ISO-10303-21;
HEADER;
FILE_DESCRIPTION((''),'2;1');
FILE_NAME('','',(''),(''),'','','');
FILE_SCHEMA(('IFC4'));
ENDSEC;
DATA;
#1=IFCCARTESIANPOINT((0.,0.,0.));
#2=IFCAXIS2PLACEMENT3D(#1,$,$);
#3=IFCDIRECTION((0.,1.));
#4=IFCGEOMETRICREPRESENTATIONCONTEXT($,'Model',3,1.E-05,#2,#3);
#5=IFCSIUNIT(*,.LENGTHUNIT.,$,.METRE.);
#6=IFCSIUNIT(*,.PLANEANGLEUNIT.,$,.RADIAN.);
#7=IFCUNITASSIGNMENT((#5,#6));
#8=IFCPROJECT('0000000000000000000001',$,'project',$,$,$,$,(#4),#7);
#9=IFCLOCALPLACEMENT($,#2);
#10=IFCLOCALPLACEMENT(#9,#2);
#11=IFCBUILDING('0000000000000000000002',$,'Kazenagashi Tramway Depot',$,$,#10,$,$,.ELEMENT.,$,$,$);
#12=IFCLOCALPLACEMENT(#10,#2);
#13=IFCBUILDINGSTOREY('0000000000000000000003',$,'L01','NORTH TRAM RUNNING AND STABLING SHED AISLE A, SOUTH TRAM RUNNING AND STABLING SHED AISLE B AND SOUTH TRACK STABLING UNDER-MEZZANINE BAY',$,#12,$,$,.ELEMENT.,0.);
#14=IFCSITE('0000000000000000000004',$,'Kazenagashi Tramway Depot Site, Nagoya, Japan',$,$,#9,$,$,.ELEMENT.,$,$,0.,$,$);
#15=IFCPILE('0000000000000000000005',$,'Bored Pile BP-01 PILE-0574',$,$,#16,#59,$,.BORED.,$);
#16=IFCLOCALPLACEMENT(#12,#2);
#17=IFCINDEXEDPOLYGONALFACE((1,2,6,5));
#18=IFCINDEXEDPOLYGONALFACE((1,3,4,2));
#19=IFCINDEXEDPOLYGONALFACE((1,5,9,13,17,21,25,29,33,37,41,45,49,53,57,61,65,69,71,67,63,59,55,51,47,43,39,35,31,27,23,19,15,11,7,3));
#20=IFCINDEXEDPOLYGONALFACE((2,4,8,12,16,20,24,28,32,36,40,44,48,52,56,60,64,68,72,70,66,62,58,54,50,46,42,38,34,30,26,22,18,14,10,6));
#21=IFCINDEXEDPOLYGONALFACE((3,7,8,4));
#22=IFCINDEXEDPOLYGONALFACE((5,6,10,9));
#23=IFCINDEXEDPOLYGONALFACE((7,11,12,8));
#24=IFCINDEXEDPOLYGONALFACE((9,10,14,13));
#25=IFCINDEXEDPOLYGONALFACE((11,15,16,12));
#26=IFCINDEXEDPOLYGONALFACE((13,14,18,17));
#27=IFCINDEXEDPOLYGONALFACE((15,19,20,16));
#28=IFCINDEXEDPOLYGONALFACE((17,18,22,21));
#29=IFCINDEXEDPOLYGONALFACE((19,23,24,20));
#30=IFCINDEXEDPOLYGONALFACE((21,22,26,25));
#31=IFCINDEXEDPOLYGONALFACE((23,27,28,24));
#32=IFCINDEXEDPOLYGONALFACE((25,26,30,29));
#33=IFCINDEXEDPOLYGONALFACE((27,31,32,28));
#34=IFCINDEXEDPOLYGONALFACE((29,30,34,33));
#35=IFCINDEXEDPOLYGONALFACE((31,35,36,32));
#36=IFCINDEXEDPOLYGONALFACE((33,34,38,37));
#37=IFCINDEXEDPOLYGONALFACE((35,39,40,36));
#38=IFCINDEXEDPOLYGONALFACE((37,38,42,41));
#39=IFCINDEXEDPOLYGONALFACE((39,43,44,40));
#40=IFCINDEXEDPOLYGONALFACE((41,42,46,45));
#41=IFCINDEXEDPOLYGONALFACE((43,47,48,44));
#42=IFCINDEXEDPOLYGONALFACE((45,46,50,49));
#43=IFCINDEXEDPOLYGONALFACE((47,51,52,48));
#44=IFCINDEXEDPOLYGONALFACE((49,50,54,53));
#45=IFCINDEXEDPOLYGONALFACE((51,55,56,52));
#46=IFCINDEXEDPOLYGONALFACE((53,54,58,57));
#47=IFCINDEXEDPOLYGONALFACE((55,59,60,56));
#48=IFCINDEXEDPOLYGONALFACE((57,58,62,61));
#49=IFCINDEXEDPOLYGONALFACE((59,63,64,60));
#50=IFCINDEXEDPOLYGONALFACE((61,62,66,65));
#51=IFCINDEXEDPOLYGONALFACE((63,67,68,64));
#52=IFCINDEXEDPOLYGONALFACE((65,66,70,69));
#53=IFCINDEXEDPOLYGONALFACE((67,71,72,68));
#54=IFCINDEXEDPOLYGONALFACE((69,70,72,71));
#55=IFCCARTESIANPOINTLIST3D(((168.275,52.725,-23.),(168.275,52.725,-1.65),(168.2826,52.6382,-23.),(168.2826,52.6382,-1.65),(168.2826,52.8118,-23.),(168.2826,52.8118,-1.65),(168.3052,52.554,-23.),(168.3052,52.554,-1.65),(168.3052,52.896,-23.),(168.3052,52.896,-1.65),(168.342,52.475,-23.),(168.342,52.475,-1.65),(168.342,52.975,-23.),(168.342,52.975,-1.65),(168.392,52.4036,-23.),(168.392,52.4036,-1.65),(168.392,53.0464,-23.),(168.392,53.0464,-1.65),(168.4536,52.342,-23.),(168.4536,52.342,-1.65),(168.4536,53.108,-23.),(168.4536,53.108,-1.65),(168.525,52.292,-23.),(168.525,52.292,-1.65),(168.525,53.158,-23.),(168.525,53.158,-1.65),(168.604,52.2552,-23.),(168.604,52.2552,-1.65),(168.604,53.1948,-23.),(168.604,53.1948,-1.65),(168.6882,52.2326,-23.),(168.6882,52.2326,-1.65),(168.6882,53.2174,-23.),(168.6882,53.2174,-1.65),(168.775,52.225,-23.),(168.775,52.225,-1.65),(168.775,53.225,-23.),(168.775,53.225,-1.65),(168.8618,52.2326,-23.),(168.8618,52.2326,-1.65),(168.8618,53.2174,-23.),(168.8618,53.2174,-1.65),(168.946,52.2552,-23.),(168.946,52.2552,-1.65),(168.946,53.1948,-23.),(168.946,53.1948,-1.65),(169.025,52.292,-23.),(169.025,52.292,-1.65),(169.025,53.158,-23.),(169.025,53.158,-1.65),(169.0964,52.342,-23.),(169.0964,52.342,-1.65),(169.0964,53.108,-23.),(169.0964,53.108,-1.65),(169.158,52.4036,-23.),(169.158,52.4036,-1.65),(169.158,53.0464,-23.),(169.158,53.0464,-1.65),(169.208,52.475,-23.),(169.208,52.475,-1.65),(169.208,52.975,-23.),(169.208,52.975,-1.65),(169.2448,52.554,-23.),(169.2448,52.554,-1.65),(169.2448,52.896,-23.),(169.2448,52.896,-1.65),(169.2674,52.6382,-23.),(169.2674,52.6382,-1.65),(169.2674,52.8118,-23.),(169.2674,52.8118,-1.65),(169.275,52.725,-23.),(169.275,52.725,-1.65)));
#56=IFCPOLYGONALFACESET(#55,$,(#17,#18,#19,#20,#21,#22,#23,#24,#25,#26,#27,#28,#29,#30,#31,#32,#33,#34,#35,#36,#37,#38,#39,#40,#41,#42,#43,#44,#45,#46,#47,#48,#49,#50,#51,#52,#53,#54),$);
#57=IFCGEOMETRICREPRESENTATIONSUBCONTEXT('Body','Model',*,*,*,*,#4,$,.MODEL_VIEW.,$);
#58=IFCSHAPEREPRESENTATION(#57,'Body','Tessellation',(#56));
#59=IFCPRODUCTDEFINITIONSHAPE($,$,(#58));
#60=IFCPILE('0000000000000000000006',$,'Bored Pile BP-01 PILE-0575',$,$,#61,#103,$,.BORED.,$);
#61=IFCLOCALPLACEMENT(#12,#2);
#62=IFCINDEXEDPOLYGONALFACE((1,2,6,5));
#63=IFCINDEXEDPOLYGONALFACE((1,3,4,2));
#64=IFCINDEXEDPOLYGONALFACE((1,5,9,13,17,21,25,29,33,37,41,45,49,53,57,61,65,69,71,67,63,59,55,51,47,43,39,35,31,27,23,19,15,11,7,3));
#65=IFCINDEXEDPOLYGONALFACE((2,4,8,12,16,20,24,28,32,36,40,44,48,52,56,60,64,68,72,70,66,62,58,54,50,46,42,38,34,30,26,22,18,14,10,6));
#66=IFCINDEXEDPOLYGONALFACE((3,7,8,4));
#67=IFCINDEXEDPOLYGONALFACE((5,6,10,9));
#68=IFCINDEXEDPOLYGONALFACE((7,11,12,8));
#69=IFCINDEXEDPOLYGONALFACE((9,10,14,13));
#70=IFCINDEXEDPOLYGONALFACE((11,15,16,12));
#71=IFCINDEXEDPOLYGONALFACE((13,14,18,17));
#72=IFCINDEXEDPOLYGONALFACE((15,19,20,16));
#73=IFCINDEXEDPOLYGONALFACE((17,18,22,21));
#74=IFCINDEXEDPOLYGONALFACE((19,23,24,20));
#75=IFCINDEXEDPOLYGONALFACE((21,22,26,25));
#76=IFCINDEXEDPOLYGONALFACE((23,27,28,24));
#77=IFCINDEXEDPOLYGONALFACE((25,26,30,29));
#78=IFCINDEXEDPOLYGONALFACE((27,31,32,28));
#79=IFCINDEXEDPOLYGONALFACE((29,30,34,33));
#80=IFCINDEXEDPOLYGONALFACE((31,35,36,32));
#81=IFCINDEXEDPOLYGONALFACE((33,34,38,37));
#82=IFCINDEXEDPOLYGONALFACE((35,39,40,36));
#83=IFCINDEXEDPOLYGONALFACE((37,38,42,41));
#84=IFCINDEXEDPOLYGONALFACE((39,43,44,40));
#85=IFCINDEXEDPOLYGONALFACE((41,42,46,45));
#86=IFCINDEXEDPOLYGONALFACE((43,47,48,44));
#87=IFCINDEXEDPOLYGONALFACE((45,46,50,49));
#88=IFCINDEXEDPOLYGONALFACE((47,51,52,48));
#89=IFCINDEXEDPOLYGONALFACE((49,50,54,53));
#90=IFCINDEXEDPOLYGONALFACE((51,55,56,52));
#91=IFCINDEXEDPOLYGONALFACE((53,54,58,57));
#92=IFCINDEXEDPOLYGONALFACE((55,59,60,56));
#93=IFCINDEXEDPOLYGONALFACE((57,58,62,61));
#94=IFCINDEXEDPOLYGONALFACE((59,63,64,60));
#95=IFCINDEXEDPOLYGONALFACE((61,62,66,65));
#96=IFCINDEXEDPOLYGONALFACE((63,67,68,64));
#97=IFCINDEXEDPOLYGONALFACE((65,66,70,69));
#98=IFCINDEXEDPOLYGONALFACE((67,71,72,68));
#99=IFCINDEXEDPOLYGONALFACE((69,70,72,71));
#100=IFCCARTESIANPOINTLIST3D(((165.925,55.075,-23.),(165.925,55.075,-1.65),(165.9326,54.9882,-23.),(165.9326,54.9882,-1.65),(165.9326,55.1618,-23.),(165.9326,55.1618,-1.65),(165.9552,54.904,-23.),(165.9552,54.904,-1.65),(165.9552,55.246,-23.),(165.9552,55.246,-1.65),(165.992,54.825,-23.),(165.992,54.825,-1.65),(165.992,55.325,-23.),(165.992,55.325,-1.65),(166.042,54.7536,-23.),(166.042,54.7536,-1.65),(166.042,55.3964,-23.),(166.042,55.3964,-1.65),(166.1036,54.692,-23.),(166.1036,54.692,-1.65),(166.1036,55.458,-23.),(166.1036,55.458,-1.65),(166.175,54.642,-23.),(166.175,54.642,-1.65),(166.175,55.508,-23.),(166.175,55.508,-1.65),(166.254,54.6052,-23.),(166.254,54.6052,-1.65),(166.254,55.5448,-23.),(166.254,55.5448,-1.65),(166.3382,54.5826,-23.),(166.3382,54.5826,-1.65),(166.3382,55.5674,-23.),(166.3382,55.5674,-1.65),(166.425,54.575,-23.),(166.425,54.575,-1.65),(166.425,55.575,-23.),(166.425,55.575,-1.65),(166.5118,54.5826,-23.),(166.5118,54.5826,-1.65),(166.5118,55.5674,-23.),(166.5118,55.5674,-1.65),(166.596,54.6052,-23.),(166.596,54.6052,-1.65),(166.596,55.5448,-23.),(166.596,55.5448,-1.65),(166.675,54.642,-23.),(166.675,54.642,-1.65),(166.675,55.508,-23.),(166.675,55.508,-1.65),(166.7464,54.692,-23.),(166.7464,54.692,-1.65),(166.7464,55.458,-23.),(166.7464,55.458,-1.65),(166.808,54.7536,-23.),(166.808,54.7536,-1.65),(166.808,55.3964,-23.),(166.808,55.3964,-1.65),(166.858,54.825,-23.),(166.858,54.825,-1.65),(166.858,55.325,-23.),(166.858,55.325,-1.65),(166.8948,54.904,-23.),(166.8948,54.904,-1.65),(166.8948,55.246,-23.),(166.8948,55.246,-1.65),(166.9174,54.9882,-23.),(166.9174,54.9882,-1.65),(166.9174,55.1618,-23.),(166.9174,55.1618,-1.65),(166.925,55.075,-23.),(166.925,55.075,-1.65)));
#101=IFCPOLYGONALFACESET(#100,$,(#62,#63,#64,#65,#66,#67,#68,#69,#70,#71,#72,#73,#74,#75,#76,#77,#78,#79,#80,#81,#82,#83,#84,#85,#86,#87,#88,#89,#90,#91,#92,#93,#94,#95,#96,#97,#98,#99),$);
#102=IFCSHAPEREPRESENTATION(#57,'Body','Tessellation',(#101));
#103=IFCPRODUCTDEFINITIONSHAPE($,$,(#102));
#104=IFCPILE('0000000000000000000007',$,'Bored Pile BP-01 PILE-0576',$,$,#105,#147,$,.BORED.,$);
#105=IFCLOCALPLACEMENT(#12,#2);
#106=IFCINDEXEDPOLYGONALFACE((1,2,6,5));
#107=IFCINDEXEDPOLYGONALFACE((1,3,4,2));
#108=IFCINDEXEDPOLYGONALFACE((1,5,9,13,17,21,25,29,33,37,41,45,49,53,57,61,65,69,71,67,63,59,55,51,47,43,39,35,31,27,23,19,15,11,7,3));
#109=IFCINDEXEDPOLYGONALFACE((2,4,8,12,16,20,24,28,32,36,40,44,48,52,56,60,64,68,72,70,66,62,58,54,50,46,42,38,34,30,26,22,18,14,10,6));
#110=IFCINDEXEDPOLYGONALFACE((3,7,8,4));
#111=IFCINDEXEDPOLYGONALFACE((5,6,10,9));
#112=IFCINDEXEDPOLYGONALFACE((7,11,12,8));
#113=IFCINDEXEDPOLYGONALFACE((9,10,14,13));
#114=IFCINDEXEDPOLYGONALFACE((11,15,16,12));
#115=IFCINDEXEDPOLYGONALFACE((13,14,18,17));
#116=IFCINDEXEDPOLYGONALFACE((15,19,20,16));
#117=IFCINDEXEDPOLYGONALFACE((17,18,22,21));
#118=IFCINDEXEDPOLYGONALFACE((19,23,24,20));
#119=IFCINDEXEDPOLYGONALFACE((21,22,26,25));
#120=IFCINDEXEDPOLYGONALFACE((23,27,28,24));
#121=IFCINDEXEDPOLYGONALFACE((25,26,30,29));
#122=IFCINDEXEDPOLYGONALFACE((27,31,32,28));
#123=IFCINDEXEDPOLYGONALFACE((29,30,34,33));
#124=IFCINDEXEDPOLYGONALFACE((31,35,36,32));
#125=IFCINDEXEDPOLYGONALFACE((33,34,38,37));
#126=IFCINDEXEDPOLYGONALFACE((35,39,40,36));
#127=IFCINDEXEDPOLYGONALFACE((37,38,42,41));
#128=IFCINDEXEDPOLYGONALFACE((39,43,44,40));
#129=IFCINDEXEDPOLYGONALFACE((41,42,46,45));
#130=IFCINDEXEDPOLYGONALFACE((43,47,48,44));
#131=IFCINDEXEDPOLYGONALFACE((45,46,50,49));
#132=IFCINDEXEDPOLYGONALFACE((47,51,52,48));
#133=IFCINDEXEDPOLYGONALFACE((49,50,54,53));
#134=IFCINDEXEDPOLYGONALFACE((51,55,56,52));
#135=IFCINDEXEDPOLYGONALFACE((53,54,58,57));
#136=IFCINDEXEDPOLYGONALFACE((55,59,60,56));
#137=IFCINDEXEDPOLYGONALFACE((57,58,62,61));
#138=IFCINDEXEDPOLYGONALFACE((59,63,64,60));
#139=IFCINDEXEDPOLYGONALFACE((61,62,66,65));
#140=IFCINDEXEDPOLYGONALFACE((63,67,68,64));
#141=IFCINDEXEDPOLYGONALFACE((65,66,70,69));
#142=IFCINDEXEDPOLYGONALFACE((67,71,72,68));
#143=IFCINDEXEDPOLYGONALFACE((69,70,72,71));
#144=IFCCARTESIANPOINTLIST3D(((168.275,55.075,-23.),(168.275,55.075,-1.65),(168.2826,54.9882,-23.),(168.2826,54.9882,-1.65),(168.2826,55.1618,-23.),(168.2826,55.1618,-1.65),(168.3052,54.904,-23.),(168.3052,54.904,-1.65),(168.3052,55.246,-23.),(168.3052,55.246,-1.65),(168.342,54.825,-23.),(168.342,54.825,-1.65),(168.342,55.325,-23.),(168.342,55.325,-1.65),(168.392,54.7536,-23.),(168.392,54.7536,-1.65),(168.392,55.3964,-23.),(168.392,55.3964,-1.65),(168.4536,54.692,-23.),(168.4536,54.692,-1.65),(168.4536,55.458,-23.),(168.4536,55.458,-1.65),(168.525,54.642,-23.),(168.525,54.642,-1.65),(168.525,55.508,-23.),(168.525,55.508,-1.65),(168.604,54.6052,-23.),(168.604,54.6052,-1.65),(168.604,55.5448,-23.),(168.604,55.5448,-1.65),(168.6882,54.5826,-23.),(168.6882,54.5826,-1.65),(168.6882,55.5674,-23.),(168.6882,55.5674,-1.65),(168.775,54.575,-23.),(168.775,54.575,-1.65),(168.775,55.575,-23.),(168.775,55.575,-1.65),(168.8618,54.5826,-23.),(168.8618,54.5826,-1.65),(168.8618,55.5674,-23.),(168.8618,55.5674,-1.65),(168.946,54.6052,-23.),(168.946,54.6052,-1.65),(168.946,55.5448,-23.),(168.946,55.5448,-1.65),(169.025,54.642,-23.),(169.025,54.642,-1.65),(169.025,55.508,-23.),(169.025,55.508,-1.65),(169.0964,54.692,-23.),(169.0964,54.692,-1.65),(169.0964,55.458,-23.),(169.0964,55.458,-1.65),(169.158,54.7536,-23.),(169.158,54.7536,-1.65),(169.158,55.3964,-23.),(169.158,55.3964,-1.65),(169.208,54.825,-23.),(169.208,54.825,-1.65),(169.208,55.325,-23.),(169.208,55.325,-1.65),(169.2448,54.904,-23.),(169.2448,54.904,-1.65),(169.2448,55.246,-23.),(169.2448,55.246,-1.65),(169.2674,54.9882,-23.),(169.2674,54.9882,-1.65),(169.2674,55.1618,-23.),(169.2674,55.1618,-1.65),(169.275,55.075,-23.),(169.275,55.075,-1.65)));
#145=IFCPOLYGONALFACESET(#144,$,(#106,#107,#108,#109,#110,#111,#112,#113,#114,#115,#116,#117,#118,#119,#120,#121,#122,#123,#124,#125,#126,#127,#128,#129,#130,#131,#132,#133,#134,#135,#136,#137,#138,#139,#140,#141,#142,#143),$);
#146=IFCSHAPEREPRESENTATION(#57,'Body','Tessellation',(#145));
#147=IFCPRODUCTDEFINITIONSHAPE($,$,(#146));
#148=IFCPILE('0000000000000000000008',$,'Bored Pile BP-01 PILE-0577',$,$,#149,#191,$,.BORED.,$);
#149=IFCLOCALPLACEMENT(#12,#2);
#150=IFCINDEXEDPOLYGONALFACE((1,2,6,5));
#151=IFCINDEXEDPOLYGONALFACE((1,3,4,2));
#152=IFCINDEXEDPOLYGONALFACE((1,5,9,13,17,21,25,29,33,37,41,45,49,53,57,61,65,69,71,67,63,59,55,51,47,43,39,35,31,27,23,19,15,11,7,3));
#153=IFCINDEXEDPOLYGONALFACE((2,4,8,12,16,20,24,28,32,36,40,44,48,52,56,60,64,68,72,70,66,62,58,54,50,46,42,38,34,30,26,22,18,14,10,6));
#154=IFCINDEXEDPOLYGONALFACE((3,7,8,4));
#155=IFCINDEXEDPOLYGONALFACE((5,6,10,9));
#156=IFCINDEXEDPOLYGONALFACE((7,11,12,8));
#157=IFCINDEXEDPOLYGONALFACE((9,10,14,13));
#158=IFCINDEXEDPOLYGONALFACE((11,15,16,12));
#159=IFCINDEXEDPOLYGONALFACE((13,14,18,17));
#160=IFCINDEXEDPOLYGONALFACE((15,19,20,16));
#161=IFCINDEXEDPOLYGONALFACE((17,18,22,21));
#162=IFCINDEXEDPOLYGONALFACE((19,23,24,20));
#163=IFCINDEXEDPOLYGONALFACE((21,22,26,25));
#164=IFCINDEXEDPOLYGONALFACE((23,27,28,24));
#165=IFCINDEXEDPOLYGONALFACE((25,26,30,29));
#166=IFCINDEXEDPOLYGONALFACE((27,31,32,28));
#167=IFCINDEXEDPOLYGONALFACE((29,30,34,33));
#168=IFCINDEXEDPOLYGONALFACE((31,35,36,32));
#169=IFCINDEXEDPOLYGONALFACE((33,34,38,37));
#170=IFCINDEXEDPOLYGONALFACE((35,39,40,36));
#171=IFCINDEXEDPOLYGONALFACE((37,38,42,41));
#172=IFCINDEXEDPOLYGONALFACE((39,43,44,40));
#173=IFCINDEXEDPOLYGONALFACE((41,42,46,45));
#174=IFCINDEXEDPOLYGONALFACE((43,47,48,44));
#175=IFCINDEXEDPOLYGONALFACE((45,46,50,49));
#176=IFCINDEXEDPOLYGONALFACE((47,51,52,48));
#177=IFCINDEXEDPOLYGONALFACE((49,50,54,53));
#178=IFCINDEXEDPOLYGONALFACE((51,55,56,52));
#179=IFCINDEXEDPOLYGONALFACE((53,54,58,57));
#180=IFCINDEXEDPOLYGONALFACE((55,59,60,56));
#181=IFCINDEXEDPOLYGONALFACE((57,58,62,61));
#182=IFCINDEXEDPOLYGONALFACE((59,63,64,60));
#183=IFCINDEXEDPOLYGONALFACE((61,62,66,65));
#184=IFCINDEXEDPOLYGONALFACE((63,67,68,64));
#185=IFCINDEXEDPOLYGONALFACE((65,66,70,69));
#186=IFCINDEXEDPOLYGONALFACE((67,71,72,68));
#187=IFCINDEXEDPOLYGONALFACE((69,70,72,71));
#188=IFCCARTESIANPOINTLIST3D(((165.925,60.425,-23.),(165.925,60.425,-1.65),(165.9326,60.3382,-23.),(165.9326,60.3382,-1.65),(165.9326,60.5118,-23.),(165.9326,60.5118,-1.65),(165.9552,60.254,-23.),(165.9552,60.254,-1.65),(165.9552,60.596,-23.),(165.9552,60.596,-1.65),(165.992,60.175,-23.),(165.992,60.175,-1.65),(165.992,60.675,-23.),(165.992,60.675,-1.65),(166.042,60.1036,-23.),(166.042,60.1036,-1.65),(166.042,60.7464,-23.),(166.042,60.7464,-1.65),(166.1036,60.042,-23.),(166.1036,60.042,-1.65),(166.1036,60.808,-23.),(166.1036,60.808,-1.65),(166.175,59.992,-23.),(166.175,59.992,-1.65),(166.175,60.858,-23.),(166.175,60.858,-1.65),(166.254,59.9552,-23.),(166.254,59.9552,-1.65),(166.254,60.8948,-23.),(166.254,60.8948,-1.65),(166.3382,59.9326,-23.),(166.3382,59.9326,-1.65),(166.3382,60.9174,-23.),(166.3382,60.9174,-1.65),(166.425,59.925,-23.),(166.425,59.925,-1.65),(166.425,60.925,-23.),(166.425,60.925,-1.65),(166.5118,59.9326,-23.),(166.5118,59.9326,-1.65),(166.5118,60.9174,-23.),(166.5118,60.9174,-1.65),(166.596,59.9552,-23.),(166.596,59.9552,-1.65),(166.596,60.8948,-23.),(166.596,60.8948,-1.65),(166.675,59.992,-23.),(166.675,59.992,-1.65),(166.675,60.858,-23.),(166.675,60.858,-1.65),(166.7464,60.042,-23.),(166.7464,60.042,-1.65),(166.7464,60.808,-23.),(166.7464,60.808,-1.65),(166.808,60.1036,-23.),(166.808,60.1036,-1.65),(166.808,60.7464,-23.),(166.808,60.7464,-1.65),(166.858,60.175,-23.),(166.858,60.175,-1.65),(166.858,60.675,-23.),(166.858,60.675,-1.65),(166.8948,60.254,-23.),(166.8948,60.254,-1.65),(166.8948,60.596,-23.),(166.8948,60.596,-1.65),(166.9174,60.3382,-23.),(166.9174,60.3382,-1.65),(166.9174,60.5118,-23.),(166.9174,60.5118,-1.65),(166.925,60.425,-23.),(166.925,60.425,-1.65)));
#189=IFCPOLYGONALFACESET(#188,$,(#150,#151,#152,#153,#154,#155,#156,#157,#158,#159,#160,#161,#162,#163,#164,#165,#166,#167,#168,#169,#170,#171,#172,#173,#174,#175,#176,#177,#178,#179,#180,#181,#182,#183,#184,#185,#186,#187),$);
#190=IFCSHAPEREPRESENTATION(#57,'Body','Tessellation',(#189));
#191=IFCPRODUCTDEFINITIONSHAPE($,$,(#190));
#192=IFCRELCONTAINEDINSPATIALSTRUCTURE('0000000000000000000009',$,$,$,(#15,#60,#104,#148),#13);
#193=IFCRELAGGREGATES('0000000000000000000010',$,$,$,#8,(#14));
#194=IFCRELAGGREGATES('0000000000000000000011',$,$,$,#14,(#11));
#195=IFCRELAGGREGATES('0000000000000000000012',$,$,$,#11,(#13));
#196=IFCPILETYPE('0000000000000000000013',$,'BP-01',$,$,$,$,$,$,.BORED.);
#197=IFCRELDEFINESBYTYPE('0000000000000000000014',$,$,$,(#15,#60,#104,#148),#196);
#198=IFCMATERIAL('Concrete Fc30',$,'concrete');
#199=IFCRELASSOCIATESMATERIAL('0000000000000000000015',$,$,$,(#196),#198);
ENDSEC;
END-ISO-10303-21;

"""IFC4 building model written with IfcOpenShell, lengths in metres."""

from ifc_helpers import new_model, si_unit, direction, frame, origin, origin_2d, place, context, subcontext, project, spatial, circle, extrude, material, material_profile, profile_set, type_object, element, save


model = new_model("IFC4")

# Units and contexts
model_context = context("Model", 3, precision=1e-05, world=origin(), true_north=direction((0.0, 1.0)))
body_context = subcontext(model_context, "Body", "Model", "MODEL_VIEW")
ifc_project = project(units=[si_unit("LENGTHUNIT", "METRE"), si_unit("PLANEANGLEUNIT", "RADIAN")], contexts=[model_context])

# Site, building, storey
site_placement = place(None, origin())
site = spatial("IfcSite", under=ifc_project, at=site_placement, Name="Kazenagashi Tramway Depot Site, Nagoya, Japan", CompositionType="ELEMENT", RefElevation=0.0)
building_placement = place(site_placement, origin())
building = spatial("IfcBuilding", under=site, at=building_placement, Name="Kazenagashi Tramway Depot", CompositionType="ELEMENT")
storey_placement = place(building_placement, origin())
storey = spatial("IfcBuildingStorey", under=building, at=storey_placement, Name="L01", Description="NORTH TRAM RUNNING AND STABLING SHED AISLE A, SOUTH TRAM RUNNING AND STABLING SHED AISLE B AND SOUTH TRACK STABLING UNDER-MEZZANINE BAY", CompositionType="ELEMENT", Elevation=0.0)

# Piles
ifc_material_1 = material(Name="Concrete Fc30", Category="concrete")
ifc_material_profile_1 = material_profile(ifc_material_1, circle(Radius=0.5, at=origin_2d()), Name="PILE-1000")
ifc_profile_set_1 = profile_set([ifc_material_profile_1], Name="Concrete Fc30")
pile_type = type_object("IfcPileType", Name="BP-01", PredefinedType="BORED", material=ifc_profile_set_1)
for number, where, z_axis, x_axis, name in (
    (1, (168.775, 52.725, -1.65), (0.0, 0.0, -1.0), (1.0, 0.0, 0.0), "Bored Pile BP-01 PILE-0574"),
    (2, (166.425, 55.075, -1.65), (0.0, 0.0, -1.0), (1.0, 0.0, 0.0), "Bored Pile BP-01 PILE-0575"),
    (3, (168.775, 55.075, -1.65), (0.0, 0.0, -1.0), (1.0, 0.0, 0.0), "Bored Pile BP-01 PILE-0576"),
    (4, (166.425, 60.425, -1.65), (0.0, 0.0, -1.0), (1.0, 0.0, 0.0), "Bored Pile BP-01 PILE-0577"),
):
    element("IfcPile", number, at=place(storey_placement, frame(where, z_axis=z_axis, x_axis=x_axis)), inside=storey, type_object=pile_type, Name=name, PredefinedType="BORED", context=body_context, shape_type="SweptSolid", body=[
        extrude(circle(Radius=0.5, at=origin_2d()), origin(), (0.0, 0.0, 1.0), 21.35),
    ])

save(model, "model.ifc")
